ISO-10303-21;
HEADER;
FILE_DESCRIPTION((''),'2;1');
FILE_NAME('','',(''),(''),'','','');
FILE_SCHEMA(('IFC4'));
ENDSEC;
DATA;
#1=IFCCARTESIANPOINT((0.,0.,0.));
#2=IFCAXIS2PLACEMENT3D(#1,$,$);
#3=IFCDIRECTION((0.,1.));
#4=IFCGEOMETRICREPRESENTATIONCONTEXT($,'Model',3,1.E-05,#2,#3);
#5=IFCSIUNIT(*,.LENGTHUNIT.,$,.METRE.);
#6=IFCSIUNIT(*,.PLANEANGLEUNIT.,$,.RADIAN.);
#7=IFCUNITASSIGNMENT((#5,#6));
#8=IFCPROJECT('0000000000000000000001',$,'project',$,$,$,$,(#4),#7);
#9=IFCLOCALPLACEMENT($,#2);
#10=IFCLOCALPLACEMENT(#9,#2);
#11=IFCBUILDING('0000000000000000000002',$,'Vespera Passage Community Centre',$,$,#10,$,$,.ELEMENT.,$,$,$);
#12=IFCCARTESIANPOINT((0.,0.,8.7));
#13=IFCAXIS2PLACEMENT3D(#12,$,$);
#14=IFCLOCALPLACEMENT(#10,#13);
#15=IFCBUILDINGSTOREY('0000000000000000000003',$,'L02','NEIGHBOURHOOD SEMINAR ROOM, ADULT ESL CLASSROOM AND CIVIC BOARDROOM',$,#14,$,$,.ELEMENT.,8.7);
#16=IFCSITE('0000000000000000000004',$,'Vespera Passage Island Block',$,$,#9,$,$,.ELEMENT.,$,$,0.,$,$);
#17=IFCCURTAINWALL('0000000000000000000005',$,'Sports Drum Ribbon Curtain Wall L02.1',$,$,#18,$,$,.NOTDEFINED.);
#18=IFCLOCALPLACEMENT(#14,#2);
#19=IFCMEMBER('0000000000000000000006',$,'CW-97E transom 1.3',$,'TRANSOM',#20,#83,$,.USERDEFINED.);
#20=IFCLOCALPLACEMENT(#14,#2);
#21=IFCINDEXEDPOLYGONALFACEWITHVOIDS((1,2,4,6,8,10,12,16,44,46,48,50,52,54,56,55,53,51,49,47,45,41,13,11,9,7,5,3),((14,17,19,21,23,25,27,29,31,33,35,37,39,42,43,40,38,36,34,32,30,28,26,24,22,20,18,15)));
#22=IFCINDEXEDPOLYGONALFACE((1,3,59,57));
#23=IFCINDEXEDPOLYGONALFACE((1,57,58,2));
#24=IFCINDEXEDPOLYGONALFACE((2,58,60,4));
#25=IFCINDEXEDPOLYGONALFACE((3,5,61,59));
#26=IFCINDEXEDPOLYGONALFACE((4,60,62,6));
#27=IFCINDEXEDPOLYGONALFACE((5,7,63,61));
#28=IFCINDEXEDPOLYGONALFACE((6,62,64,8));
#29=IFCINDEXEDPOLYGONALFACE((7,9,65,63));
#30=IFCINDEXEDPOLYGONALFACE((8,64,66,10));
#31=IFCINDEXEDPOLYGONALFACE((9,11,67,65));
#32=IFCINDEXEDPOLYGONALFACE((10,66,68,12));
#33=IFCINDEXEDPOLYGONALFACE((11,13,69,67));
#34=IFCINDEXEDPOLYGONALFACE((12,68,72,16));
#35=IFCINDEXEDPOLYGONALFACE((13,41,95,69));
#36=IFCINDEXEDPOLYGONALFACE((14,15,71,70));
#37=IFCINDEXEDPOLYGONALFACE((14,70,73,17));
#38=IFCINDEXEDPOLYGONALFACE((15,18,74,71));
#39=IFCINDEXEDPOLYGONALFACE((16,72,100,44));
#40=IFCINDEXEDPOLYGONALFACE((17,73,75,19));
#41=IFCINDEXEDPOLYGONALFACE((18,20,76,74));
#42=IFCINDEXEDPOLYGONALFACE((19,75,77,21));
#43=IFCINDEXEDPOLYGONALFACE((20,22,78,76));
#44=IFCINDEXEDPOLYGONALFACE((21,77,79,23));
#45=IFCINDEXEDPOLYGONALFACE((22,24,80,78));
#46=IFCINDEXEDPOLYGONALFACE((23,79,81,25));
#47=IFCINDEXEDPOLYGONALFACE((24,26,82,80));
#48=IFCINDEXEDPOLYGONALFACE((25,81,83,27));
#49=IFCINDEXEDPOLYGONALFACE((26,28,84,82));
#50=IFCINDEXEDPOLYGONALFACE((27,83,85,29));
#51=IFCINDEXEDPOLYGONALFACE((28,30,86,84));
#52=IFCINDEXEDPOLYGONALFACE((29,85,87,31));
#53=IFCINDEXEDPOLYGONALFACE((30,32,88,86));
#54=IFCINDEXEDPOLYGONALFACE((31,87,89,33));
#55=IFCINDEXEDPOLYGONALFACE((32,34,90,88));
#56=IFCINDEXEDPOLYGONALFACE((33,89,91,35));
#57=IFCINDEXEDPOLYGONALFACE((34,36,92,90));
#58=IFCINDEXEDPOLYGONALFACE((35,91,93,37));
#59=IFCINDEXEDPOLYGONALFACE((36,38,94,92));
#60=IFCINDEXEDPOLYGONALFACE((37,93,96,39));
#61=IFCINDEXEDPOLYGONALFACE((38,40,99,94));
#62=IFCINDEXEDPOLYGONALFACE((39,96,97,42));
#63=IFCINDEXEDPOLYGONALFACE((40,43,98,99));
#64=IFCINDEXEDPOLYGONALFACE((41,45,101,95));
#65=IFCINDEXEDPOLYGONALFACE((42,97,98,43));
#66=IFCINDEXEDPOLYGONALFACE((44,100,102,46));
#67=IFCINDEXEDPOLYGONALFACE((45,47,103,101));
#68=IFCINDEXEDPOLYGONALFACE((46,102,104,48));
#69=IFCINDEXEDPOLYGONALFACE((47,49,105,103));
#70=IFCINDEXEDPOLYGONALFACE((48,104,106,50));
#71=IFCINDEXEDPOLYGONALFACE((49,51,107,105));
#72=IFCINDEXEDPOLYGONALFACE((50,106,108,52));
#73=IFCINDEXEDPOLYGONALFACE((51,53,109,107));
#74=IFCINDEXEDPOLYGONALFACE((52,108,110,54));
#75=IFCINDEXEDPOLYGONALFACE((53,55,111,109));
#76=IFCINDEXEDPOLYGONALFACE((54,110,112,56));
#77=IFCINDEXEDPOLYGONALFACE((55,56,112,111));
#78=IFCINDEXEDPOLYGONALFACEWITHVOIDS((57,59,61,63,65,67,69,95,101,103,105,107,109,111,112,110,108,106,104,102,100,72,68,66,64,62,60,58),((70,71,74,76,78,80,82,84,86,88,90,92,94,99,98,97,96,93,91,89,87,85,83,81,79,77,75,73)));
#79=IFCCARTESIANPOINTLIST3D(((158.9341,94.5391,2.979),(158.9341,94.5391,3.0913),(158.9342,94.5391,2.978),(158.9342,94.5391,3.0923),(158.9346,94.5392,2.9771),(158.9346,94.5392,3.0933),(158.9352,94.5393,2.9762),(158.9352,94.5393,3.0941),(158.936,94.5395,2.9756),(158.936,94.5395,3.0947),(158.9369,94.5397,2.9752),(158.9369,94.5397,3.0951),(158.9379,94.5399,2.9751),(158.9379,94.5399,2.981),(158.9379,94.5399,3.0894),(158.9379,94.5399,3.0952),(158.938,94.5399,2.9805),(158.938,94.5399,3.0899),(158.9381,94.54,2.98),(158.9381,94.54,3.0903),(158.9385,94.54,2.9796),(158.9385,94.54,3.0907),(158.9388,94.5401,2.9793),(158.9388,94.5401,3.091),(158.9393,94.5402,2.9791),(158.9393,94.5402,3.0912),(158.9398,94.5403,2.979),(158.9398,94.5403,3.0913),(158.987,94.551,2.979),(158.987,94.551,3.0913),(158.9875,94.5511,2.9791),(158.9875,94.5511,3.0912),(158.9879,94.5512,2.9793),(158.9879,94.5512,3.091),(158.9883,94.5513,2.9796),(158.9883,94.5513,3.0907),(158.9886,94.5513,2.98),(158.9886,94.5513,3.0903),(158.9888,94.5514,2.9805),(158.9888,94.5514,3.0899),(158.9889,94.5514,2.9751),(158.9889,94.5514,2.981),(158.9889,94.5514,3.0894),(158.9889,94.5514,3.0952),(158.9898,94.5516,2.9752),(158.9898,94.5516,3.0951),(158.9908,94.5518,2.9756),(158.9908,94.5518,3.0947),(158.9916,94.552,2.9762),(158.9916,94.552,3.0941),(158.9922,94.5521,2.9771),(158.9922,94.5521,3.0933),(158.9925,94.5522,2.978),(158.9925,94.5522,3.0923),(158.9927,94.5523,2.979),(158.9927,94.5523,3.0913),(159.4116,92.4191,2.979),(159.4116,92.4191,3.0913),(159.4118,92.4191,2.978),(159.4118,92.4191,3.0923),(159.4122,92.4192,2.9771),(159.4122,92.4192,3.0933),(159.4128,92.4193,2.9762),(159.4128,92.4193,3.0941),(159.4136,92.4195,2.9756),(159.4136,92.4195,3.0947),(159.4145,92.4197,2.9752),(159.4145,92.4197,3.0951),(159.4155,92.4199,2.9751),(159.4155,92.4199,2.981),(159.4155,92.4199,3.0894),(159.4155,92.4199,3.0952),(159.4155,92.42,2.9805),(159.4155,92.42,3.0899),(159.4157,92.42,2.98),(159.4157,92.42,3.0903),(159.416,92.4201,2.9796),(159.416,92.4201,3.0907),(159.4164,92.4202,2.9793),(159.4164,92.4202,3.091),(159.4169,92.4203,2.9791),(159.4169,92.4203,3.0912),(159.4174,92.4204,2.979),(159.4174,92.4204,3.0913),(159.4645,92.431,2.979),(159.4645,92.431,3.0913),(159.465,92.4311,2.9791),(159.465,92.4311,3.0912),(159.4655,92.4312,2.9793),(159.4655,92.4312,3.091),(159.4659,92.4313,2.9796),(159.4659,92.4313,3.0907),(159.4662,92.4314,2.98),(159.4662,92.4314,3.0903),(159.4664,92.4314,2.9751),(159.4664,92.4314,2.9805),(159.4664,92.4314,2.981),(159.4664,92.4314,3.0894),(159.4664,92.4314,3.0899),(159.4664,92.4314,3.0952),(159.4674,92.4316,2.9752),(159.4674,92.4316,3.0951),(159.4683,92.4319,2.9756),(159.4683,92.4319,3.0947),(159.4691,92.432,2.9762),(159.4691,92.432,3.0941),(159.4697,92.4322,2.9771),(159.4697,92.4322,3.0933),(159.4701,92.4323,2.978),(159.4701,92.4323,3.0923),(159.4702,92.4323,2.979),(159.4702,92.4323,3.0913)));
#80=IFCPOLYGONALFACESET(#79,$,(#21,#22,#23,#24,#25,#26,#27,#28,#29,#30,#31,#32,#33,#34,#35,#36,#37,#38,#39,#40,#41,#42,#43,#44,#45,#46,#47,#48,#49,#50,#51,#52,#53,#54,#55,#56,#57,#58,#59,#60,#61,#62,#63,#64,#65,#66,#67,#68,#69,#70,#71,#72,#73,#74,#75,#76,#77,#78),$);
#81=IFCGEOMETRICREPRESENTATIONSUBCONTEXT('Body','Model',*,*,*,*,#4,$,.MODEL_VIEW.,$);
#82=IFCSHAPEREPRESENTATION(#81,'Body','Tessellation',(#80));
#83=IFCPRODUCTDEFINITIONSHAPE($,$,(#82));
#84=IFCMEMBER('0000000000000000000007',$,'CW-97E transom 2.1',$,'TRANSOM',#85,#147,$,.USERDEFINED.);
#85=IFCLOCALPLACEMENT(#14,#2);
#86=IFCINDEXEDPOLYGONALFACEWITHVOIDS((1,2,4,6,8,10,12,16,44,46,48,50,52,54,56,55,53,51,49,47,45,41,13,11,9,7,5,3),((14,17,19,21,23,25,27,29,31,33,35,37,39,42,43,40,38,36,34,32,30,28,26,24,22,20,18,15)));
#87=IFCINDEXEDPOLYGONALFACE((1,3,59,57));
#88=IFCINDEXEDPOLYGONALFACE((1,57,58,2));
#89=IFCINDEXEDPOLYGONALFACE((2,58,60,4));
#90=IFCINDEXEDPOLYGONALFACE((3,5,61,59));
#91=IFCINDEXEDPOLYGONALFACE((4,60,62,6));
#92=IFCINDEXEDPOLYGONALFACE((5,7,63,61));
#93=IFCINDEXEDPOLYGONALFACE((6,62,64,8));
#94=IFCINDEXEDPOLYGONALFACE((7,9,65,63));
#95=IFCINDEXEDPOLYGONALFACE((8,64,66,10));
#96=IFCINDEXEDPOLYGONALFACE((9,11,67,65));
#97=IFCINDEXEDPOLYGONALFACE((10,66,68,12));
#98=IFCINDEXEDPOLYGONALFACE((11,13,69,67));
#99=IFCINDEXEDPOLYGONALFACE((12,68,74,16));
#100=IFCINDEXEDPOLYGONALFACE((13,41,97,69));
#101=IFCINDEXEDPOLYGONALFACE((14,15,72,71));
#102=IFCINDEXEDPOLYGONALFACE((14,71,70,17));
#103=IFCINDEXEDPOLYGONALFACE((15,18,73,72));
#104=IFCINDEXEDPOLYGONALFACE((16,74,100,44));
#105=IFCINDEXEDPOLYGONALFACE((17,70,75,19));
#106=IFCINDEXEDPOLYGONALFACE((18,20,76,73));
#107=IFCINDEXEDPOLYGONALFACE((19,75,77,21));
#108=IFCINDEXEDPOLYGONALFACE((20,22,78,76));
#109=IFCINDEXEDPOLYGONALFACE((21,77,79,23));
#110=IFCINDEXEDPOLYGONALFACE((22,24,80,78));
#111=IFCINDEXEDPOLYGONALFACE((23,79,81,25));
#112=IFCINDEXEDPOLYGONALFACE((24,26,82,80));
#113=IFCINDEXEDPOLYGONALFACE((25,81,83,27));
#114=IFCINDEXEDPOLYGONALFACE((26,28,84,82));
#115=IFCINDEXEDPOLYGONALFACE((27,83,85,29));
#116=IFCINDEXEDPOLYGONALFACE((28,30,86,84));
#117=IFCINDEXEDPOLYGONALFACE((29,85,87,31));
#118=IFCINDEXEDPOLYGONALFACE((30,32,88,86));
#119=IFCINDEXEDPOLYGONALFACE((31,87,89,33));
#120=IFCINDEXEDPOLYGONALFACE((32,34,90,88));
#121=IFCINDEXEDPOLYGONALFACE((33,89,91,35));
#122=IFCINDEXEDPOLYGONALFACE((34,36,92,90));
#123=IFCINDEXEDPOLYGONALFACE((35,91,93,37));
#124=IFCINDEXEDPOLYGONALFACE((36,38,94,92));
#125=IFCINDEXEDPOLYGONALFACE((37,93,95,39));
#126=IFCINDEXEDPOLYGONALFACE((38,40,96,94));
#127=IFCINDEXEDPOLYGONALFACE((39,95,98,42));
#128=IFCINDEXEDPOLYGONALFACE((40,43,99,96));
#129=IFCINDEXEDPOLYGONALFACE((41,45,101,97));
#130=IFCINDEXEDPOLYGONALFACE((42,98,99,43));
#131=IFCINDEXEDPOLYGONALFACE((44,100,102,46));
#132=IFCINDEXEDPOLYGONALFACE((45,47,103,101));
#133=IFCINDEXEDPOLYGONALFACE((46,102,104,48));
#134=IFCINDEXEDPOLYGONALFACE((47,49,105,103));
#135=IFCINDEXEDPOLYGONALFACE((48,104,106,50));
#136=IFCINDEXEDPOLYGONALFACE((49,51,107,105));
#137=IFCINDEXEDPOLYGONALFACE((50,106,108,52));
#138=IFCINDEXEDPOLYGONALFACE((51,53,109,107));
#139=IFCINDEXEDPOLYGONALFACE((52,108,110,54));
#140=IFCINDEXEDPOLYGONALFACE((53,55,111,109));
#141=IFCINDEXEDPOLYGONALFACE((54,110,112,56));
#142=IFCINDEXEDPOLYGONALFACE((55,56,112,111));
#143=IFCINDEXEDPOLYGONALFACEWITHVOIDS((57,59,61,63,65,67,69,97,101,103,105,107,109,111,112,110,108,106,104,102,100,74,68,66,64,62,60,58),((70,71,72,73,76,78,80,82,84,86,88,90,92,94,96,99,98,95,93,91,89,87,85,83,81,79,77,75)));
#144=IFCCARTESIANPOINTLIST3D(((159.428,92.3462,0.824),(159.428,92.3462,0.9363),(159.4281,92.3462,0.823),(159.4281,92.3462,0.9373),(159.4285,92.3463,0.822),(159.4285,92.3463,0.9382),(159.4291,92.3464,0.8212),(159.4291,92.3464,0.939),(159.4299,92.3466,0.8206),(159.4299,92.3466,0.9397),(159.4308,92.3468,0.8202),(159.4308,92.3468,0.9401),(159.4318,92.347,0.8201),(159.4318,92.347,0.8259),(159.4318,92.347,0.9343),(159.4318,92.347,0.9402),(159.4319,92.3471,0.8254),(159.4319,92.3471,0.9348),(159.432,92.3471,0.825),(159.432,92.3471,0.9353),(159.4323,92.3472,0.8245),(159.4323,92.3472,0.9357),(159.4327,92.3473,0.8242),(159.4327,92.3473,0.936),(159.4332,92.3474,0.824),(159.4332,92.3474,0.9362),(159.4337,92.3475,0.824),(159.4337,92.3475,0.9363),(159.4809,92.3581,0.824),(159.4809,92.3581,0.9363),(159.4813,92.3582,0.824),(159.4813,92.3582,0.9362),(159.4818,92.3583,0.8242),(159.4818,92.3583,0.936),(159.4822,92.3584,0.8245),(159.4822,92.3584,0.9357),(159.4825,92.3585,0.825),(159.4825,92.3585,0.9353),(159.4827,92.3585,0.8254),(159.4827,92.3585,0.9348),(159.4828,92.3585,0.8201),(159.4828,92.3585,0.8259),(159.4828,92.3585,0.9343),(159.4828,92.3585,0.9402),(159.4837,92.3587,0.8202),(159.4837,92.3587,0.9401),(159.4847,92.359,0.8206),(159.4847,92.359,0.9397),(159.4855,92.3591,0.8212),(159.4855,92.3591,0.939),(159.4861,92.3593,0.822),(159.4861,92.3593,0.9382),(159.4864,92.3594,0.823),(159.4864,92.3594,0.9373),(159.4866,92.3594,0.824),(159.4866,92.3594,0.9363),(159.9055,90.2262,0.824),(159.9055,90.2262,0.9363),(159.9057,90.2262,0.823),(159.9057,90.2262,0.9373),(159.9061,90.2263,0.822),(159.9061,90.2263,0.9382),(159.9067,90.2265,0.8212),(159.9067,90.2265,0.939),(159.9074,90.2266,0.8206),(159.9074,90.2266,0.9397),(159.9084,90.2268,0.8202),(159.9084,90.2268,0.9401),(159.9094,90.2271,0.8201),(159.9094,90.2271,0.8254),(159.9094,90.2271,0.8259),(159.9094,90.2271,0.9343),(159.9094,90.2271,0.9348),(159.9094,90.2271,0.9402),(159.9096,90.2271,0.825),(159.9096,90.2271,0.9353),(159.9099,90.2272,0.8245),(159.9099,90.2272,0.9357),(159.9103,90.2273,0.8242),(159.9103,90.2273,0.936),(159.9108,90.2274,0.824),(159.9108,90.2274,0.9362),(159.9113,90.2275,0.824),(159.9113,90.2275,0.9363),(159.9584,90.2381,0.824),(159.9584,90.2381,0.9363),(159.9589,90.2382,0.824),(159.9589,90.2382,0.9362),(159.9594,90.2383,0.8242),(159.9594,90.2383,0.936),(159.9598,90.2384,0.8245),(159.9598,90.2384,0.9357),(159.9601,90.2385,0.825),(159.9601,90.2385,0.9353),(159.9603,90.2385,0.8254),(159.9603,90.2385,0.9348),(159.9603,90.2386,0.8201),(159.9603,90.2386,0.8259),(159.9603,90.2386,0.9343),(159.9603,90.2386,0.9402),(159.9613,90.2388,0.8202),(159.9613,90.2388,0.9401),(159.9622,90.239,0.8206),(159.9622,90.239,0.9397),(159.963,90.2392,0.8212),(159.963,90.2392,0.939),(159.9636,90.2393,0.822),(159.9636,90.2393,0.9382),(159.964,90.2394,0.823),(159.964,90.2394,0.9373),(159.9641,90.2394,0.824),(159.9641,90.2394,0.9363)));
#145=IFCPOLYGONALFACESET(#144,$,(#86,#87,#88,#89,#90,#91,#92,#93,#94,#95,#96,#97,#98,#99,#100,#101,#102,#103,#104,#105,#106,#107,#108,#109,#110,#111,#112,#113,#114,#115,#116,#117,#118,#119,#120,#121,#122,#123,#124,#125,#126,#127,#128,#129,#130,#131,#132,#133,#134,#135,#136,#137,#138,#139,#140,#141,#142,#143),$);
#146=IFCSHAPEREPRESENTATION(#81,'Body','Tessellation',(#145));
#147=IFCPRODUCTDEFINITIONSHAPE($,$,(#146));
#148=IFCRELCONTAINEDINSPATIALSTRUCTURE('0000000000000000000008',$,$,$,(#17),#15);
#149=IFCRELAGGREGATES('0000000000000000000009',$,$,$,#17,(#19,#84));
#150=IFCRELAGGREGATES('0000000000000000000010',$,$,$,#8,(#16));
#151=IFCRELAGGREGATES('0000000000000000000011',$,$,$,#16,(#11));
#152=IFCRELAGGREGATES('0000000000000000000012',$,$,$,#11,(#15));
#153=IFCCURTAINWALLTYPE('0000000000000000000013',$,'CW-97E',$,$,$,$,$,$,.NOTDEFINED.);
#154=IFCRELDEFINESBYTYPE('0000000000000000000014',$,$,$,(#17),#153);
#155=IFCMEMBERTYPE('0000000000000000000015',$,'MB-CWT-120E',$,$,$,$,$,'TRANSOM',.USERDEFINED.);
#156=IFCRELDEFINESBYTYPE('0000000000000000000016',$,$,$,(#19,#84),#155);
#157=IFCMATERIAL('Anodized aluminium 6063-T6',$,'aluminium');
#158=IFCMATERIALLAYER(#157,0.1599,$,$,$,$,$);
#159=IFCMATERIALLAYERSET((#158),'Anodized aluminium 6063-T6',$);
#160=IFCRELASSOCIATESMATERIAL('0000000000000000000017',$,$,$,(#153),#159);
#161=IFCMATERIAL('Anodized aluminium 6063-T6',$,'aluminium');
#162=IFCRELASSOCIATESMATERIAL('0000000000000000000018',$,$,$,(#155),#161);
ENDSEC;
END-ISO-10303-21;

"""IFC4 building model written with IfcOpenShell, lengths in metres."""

from ifc_helpers import new_model, si_unit, direction, frame, origin, origin_2d, place, context, subcontext, project, spatial, hollow_rectangle, extrude, material, layer, layer_set, material_profile, profile_set, type_object, element, aggregate, save


model = new_model("IFC4")

# Units and contexts
model_context = context("Model", 3, precision=1e-05, world=origin(), true_north=direction((0.0, 1.0)))
body_context = subcontext(model_context, "Body", "Model", "MODEL_VIEW")
ifc_project = project(units=[si_unit("LENGTHUNIT", "METRE"), si_unit("PLANEANGLEUNIT", "RADIAN")], contexts=[model_context])

# Site, building, storey
site_placement = place(None, origin())
site = spatial("IfcSite", under=ifc_project, at=site_placement, Name="Vespera Passage Island Block", CompositionType="ELEMENT", RefElevation=0.0)
building_placement = place(site_placement, origin())
building = spatial("IfcBuilding", under=site, at=building_placement, Name="Vespera Passage Community Centre", CompositionType="ELEMENT")
storey_placement = place(building_placement, frame((0.0, 0.0, 8.7)))
storey = spatial("IfcBuildingStorey", under=building, at=storey_placement, Name="L02", Description="NEIGHBOURHOOD SEMINAR ROOM, ADULT ESL CLASSROOM AND CIVIC BOARDROOM", CompositionType="ELEMENT", Elevation=8.7)

# Curtain wall
ifc_material_1 = material(Name="Anodized aluminium 6063-T6", Category="aluminium")
ifc_layer_1 = layer(ifc_material_1, 0.1599)
ifc_layer_set_1 = layer_set([ifc_layer_1], Name="Anodized aluminium 6063-T6")
curtain_wall_type_1 = type_object("IfcCurtainWallType", Name="CW-97E", PredefinedType="NOTDEFINED", material=ifc_layer_set_1)
curtain_wall_1_placement = place(storey_placement, origin())
curtain_wall_1 = element("IfcCurtainWall", 1, at=curtain_wall_1_placement, inside=storey, type_object=curtain_wall_type_1, Name="Sports Drum Ribbon Curtain Wall L02.1", PredefinedType="NOTDEFINED")

# Members
ifc_material_2 = material(Name="Anodized aluminium 6063-T6", Category="aluminium")
ifc_material_profile_1 = material_profile(ifc_material_2, hollow_rectangle(XDim=0.0601, YDim=0.1201, WallThickness=0.0039, InnerFilletRadius=0.002, OuterFilletRadius=0.0039, at=origin_2d()), Name="ALU120X60X4")
ifc_profile_set_1 = profile_set([ifc_material_profile_1], Name="Anodized aluminium 6063-T6")
member_type_1 = type_object("IfcMemberType", Name="MB-CWT-120E", ElementType="TRANSOM", PredefinedType="USERDEFINED", material=ifc_profile_set_1)
member_1_placement = place(storey_placement, frame((158.9634, 94.5457, 3.0352), z_axis=(0.219761, -0.975554, 0.0), x_axis=(0.975554, 0.219761, 0.0)))
member_1 = element("IfcMember", 2, at=member_1_placement, type_object=member_type_1, Name="CW-97E transom 1.3", ObjectType="TRANSOM", PredefinedType="USERDEFINED", context=body_context, shape_type="SweptSolid", body=[
    extrude(hollow_rectangle(XDim=0.0601, YDim=0.1201, WallThickness=0.0039, InnerFilletRadius=0.002, OuterFilletRadius=0.0039, at=origin_2d()), origin(), (0.0, 0.0, 1.0), 2.1731),
])
member_2_placement = place(storey_placement, frame((159.4573, 92.3528, 0.8801), z_axis=(0.219761, -0.975554, 0.0), x_axis=(0.975554, 0.219761, 0.0)))
member_2 = element("IfcMember", 3, at=member_2_placement, type_object=member_type_1, Name="CW-97E transom 2.1", ObjectType="TRANSOM", PredefinedType="USERDEFINED", context=body_context, shape_type="SweptSolid", body=[
    extrude(hollow_rectangle(XDim=0.0601, YDim=0.1201, WallThickness=0.0039, InnerFilletRadius=0.002, OuterFilletRadius=0.0039, at=origin_2d()), origin(), (0.0, 0.0, 1.0), 2.1731),
])

aggregate(curtain_wall_1, [member_1, member_2])

save(model, "model.ifc")
